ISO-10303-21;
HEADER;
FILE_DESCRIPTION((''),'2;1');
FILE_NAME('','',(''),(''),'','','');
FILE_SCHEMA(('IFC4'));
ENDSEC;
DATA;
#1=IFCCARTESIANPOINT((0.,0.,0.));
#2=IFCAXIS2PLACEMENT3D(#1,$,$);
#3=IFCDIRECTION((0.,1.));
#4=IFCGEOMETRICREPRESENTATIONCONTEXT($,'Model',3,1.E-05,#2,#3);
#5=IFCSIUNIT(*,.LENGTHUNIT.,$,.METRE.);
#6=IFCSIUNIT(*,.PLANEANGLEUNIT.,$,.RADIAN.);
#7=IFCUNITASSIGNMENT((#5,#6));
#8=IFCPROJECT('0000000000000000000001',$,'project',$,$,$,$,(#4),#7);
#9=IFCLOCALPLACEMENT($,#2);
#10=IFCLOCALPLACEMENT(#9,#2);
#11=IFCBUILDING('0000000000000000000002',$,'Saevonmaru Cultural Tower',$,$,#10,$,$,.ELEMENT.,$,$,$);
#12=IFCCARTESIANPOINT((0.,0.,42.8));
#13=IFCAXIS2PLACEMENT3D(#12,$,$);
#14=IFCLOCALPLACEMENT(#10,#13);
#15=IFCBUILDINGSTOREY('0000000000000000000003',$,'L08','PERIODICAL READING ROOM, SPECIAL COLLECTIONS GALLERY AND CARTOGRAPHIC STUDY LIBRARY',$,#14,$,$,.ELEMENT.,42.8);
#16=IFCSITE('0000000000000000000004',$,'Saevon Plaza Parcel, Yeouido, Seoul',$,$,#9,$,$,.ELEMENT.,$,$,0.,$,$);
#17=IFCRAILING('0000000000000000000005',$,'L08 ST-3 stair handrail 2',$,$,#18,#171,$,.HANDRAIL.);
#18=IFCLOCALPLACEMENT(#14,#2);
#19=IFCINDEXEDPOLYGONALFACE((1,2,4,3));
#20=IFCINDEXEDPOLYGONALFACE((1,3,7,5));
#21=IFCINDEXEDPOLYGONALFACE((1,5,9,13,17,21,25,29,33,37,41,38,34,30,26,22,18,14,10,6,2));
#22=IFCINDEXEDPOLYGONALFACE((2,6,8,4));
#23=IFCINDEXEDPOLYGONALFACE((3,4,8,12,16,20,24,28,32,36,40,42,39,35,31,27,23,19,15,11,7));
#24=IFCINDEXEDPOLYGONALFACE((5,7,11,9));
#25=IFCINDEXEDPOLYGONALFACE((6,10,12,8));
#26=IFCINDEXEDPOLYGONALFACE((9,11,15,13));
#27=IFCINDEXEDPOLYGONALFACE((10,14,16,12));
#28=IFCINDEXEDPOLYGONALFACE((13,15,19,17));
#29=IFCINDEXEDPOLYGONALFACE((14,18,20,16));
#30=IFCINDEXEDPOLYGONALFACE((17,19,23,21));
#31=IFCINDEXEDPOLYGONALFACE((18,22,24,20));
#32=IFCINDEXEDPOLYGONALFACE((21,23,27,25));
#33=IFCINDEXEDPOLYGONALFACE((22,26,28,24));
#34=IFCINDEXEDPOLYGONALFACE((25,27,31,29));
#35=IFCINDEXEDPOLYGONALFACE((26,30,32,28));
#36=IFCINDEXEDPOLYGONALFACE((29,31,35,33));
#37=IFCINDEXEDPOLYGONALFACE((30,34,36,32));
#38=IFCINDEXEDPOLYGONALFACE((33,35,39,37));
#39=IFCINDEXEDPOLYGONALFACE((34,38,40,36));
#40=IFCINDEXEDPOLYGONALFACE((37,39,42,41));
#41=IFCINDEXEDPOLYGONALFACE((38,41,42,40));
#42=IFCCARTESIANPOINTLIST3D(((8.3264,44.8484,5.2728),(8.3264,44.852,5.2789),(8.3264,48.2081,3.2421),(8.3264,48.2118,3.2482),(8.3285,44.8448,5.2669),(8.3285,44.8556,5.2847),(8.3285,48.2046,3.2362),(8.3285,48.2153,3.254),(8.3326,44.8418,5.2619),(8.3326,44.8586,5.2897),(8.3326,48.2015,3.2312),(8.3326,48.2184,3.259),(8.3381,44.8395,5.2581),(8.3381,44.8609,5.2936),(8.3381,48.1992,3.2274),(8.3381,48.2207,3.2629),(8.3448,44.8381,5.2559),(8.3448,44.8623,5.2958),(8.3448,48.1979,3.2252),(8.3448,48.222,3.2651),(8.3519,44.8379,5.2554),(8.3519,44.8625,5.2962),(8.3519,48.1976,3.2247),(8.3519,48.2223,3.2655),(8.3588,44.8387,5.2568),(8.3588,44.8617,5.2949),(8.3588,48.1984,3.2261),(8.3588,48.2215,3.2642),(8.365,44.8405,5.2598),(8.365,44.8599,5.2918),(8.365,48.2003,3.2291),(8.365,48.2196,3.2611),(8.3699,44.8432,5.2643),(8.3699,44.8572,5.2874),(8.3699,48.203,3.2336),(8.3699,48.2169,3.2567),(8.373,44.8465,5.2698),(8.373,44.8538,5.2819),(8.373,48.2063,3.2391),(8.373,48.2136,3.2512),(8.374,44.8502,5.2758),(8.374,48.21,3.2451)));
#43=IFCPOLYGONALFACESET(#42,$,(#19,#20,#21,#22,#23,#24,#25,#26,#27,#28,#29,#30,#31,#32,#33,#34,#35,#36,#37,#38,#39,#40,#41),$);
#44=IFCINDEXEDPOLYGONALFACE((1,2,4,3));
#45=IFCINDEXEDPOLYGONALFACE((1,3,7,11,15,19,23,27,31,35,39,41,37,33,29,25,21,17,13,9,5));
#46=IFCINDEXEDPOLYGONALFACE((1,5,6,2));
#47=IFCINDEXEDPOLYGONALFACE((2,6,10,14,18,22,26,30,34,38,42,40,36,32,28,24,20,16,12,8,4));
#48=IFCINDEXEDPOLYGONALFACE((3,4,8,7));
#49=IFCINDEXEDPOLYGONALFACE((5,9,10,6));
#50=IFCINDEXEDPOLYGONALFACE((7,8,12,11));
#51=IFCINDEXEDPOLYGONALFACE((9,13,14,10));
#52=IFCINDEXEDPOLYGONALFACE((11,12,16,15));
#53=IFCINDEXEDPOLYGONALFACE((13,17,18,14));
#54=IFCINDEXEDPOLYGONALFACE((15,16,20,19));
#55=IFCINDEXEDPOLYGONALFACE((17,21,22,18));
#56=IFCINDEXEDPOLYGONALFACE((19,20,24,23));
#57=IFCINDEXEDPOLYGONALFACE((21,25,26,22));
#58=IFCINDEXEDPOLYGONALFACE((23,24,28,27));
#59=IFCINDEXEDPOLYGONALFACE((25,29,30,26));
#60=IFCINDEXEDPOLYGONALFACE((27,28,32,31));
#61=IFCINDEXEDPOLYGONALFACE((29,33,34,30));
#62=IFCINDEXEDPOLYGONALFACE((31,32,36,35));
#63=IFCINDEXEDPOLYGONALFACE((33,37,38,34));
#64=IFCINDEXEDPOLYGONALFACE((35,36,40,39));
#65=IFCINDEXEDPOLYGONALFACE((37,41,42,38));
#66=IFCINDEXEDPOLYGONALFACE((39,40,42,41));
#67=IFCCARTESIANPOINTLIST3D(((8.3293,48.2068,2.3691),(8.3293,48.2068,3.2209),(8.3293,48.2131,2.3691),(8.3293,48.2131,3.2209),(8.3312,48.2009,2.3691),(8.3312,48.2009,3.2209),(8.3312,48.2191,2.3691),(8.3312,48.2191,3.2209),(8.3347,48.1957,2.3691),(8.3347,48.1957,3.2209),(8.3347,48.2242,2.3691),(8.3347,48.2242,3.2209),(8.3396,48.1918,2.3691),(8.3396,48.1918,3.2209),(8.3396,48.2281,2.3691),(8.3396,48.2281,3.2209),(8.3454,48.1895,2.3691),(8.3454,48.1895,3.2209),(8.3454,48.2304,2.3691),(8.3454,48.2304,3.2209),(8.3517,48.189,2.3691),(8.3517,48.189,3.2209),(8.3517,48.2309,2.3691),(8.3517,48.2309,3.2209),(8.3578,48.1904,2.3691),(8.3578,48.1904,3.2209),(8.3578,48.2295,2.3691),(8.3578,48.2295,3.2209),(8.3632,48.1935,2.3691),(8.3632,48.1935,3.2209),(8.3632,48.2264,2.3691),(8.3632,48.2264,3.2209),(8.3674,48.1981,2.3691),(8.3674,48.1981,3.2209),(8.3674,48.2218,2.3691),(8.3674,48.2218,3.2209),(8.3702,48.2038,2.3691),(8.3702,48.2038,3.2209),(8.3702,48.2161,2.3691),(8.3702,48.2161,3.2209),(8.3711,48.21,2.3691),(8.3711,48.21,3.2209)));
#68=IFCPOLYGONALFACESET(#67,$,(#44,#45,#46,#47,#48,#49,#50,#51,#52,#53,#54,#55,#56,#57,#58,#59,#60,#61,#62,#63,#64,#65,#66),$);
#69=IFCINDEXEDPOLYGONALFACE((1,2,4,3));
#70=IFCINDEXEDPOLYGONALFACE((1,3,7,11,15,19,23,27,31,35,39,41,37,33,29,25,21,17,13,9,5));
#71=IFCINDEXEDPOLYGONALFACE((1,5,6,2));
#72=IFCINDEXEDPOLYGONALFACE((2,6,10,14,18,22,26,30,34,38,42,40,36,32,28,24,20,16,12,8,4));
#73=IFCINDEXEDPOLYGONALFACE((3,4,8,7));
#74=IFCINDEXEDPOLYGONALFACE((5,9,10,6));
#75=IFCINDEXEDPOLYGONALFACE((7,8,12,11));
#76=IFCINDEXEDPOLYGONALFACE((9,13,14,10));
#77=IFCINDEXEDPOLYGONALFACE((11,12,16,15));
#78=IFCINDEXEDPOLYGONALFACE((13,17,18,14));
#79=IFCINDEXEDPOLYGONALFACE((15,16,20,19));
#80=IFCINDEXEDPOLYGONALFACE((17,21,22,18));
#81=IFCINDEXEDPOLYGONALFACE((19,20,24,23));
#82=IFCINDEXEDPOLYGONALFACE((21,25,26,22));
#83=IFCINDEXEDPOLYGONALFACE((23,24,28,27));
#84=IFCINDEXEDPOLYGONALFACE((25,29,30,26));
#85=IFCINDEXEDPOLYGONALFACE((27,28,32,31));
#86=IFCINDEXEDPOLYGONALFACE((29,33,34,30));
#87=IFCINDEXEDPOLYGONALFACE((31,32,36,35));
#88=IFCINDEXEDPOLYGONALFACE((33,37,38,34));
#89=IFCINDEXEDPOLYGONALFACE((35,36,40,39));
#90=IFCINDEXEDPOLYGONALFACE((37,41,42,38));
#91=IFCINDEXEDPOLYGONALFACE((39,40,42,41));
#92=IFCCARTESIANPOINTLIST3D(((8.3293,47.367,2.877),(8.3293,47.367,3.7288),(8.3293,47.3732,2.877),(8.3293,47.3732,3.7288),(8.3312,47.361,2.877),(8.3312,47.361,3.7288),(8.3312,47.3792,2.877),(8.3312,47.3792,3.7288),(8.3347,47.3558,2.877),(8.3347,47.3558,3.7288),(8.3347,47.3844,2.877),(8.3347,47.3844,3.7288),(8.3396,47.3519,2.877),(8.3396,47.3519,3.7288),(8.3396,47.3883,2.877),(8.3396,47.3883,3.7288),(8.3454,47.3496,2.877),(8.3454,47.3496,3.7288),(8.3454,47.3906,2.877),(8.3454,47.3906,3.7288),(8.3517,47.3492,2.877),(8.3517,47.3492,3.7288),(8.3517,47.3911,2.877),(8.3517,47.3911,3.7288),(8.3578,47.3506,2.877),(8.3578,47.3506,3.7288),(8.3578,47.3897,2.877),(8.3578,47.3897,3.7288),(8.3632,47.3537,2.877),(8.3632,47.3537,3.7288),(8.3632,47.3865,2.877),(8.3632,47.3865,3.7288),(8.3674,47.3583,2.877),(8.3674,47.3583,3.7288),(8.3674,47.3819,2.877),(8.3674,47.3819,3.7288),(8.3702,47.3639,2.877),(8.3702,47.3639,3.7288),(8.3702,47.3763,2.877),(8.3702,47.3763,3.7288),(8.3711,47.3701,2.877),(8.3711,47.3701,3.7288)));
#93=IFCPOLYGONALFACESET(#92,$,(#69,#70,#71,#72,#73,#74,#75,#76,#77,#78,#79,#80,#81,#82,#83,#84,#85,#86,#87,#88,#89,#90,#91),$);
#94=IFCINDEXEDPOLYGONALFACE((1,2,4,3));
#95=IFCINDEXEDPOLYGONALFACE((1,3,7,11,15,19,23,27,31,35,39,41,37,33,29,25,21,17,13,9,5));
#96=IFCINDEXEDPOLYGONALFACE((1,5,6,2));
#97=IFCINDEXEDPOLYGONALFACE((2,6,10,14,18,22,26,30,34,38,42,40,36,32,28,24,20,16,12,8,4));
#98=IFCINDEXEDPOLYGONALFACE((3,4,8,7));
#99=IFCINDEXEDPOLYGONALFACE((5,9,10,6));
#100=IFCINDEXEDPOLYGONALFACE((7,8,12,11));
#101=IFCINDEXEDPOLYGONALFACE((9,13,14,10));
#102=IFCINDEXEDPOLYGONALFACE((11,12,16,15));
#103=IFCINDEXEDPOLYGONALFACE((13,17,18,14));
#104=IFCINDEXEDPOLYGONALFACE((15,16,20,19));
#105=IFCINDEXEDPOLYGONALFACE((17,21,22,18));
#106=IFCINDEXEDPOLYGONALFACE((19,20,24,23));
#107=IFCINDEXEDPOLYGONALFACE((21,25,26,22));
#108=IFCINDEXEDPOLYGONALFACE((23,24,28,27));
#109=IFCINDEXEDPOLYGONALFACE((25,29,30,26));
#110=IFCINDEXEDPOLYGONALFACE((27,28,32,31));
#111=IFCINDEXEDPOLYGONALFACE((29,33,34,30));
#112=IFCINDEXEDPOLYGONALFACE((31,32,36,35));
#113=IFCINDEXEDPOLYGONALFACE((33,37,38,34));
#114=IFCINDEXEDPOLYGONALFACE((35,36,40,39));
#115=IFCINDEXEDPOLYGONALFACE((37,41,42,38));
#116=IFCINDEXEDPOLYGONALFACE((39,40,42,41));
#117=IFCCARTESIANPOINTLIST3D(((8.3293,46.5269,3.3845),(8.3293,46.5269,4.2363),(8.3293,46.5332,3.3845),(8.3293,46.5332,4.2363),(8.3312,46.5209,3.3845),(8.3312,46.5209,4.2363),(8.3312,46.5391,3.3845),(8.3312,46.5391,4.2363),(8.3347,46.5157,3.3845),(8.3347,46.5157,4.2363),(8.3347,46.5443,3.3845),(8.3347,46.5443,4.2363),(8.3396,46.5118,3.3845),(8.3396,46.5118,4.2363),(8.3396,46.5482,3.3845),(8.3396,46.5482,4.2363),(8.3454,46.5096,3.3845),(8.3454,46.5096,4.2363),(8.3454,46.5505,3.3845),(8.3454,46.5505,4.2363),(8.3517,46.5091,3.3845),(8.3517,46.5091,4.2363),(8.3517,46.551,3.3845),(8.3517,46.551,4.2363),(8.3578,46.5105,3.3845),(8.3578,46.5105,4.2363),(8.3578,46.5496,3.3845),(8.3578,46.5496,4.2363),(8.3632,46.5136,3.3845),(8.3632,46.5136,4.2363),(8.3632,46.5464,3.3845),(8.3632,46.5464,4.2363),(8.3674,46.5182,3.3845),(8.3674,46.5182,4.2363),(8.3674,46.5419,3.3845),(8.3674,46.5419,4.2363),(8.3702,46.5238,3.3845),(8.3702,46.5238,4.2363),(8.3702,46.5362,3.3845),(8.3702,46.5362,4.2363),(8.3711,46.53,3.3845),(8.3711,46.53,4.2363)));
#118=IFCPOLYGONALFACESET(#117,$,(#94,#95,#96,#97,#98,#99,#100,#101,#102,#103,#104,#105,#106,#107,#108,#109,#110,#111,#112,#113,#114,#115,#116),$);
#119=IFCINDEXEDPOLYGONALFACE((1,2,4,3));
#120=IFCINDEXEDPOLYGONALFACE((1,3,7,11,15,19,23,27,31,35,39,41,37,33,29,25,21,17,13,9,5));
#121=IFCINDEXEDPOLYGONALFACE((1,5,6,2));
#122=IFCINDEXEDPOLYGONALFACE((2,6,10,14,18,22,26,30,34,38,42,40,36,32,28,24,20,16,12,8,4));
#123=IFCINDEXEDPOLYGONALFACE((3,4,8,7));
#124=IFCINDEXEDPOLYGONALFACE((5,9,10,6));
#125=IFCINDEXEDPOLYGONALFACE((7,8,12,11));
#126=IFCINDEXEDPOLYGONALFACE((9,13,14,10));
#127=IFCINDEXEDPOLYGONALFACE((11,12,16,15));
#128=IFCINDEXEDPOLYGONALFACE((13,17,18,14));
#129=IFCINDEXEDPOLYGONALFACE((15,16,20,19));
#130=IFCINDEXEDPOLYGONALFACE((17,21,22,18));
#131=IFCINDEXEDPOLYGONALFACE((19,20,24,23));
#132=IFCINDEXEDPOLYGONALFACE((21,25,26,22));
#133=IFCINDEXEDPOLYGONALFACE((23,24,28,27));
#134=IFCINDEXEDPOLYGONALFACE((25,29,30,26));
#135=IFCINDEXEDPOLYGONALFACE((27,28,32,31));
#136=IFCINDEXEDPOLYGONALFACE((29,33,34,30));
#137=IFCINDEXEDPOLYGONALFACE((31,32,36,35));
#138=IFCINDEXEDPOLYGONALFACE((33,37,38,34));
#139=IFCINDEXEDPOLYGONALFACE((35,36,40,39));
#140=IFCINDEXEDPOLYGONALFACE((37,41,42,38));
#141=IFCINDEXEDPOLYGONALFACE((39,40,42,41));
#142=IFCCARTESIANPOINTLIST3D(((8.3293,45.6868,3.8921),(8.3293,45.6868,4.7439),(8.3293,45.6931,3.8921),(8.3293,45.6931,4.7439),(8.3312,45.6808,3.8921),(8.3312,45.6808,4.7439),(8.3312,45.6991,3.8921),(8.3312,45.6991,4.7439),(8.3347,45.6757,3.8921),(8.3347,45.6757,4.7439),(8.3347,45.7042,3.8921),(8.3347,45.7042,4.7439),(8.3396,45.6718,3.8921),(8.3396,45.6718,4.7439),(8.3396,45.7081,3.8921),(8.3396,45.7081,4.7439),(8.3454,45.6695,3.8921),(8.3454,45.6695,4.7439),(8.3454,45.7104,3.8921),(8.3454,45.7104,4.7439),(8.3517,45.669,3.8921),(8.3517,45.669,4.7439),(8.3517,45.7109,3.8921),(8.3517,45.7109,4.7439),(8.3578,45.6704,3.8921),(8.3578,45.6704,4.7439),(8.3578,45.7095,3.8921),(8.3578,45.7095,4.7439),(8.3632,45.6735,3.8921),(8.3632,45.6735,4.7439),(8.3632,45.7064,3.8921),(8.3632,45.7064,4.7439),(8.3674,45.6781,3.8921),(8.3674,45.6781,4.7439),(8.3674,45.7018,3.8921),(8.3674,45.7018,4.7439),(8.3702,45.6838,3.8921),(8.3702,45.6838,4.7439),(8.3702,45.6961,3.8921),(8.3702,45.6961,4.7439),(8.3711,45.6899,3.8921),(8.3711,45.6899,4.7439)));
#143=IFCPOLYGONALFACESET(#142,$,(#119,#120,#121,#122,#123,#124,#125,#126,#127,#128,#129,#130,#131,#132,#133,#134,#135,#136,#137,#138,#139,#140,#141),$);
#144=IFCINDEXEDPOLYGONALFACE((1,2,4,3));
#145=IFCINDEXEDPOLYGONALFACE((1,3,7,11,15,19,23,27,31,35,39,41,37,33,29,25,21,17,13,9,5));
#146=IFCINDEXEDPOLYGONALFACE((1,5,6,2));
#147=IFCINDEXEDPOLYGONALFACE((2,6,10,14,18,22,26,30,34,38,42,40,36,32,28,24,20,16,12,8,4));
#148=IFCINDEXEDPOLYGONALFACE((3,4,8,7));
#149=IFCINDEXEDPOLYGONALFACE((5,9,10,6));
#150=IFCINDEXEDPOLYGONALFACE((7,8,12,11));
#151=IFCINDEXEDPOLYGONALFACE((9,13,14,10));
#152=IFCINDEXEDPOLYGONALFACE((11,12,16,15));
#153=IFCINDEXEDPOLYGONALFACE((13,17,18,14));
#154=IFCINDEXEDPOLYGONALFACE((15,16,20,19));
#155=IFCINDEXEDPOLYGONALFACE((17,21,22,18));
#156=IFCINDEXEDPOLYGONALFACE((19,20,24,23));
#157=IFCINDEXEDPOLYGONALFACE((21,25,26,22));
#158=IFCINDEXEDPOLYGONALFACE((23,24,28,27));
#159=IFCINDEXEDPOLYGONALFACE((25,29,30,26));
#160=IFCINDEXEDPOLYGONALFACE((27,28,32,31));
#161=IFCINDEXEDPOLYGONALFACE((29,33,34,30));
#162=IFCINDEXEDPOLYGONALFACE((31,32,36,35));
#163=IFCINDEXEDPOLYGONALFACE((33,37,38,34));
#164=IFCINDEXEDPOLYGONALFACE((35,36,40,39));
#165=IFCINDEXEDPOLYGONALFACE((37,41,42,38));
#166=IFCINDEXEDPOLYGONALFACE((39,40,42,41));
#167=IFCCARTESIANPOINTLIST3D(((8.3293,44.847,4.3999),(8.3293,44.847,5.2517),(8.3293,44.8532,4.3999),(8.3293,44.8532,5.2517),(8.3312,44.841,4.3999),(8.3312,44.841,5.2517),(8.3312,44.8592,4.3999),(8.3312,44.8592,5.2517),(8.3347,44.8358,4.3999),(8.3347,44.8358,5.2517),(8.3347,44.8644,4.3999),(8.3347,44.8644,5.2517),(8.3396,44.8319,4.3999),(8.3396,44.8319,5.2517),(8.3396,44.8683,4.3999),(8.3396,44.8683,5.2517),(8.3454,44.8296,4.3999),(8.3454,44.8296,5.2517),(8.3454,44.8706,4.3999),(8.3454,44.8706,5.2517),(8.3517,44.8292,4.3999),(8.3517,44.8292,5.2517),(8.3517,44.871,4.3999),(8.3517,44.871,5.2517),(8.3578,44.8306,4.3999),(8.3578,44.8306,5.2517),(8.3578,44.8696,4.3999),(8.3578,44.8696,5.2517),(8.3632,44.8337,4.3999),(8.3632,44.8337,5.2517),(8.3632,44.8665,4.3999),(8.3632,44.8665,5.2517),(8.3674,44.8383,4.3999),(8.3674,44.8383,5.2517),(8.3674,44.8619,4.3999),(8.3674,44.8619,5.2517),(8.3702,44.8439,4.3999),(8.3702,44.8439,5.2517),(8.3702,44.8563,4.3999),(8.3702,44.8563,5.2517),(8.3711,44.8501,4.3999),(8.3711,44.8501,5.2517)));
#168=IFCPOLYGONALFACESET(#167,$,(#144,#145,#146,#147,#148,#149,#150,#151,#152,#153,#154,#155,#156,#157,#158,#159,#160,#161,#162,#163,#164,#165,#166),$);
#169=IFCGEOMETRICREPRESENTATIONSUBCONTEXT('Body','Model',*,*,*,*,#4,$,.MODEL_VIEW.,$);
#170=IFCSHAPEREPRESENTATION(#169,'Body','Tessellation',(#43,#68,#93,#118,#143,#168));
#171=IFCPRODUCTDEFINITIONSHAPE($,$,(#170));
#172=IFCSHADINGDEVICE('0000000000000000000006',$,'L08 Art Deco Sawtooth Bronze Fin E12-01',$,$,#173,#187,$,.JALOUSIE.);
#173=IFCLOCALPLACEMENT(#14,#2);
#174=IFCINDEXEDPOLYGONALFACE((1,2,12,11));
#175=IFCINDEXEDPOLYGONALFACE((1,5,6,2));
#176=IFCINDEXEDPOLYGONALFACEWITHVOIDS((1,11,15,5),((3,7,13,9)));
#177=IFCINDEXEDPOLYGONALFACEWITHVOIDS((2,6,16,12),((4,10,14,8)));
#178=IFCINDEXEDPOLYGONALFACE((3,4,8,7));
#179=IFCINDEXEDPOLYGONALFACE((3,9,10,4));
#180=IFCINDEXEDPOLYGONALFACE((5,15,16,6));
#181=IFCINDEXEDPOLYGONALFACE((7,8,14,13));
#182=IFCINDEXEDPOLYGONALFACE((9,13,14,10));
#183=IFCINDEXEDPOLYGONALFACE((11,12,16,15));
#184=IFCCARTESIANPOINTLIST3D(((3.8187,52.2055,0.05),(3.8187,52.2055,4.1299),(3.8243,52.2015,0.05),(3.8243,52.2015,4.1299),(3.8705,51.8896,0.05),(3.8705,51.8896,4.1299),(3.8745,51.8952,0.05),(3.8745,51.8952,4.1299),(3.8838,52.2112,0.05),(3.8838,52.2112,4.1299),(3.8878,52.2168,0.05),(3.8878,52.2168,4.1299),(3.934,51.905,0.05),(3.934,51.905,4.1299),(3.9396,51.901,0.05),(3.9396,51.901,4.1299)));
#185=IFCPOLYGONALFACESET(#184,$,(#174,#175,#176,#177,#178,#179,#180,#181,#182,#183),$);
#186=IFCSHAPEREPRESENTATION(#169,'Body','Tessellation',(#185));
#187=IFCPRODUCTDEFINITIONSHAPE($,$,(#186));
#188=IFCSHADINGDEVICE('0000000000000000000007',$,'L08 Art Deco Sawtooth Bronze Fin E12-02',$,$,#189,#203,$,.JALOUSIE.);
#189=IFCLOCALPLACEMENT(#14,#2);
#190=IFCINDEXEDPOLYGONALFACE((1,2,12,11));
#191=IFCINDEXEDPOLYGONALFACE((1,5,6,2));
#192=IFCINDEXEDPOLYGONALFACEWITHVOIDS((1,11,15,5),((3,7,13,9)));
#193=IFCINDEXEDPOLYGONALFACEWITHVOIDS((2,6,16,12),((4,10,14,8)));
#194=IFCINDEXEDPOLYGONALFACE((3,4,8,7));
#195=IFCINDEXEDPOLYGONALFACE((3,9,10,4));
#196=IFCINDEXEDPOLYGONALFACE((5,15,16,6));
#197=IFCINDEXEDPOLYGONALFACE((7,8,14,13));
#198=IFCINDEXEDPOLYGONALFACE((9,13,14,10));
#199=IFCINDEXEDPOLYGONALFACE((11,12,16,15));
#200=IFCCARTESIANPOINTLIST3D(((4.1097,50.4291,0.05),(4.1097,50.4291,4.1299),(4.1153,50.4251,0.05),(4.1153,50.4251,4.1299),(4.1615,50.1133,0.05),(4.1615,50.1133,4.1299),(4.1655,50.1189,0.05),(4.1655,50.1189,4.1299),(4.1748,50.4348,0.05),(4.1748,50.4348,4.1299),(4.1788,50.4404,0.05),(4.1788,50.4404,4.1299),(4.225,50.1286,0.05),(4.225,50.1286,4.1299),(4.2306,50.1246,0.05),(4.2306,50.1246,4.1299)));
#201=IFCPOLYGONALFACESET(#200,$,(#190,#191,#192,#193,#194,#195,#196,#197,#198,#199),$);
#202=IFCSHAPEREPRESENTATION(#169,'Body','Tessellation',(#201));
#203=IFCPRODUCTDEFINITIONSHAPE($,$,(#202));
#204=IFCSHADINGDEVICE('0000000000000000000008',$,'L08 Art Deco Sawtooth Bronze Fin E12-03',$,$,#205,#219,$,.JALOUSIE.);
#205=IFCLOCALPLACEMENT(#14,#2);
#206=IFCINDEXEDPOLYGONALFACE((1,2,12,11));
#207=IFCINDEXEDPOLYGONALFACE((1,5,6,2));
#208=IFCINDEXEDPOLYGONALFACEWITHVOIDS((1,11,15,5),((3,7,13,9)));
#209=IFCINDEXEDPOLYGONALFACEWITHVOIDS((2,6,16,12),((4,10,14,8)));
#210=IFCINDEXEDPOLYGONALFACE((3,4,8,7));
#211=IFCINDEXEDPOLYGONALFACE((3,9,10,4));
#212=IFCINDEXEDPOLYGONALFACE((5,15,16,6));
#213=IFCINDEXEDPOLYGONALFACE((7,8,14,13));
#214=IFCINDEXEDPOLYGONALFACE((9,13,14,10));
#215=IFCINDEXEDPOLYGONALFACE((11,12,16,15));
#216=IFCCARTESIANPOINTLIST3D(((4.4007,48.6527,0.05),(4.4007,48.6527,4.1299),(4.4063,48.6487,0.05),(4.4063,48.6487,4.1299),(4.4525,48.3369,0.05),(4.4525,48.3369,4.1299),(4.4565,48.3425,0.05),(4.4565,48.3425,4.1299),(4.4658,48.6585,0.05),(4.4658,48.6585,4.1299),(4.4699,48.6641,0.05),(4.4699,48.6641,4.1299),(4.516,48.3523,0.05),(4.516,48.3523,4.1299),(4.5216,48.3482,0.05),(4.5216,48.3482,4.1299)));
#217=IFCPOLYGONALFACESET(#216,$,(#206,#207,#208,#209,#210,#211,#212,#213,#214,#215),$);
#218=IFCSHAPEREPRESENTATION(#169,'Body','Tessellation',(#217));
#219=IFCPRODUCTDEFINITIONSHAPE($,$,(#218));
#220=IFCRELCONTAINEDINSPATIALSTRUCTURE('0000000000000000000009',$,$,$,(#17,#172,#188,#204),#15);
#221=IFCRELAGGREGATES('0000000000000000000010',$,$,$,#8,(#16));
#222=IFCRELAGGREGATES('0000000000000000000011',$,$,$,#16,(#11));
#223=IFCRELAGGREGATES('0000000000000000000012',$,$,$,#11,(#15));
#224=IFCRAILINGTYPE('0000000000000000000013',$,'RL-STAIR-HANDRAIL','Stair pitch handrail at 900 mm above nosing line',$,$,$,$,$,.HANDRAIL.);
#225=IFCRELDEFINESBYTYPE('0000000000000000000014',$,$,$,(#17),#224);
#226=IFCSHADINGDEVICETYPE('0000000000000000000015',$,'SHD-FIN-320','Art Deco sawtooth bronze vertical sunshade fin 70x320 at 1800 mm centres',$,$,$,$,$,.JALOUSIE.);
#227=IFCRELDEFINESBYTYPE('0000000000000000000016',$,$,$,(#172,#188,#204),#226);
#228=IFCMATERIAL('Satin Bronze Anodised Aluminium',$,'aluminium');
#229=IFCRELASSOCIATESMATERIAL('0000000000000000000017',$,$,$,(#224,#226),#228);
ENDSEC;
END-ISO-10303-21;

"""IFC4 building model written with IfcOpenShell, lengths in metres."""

from ifc_helpers import new_model, si_unit, direction, frame, origin, origin_2d, place, context, subcontext, project, spatial, hollow_rectangle, circle, extrude, material, material_profile, profile_set, type_object, element, save


model = new_model("IFC4")

# Units and contexts
model_context = context("Model", 3, precision=1e-05, world=origin(), true_north=direction((0.0, 1.0)))
body_context = subcontext(model_context, "Body", "Model", "MODEL_VIEW")
ifc_project = project(units=[si_unit("LENGTHUNIT", "METRE"), si_unit("PLANEANGLEUNIT", "RADIAN")], contexts=[model_context])

# Site, building, storey
site_placement = place(None, origin())
site = spatial("IfcSite", under=ifc_project, at=site_placement, Name="Saevon Plaza Parcel, Yeouido, Seoul", CompositionType="ELEMENT", RefElevation=0.0)
building_placement = place(site_placement, origin())
building = spatial("IfcBuilding", under=site, at=building_placement, Name="Saevonmaru Cultural Tower", CompositionType="ELEMENT")
storey_placement = place(building_placement, frame((0.0, 0.0, 42.8)))
storey = spatial("IfcBuildingStorey", under=building, at=storey_placement, Name="L08", Description="PERIODICAL READING ROOM, SPECIAL COLLECTIONS GALLERY AND CARTOGRAPHIC STUDY LIBRARY", CompositionType="ELEMENT", Elevation=42.8)

# Shared definitions
ifc_material_1 = material(Name="Satin Bronze Anodised Aluminium", Category="aluminium")

# Railing
railing_type_1 = type_object("IfcRailingType", Name="RL-STAIR-HANDRAIL", Description="Stair pitch handrail at 900 mm above nosing line", PredefinedType="HANDRAIL", material=ifc_material_1)
railing_1_placement = place(storey_placement, frame((8.3501, 48.21, 2.3691)))
element("IfcRailing", 1, at=railing_1_placement, inside=storey, type_object=railing_type_1, Name="L08 ST-3 stair handrail 2", PredefinedType="HANDRAIL", context=body_context, shape_type="SweptSolid", body=[
    extrude(circle(Radius=0.0239, at=origin_2d()), frame((0.0, 0.0, 0.876), z_axis=(0.0, -0.85582, 0.517273), x_axis=(1.0, 0.0, 0.0)), (0.0, 0.0, 1.0), 3.9258),
    extrude(circle(Radius=0.021, at=origin_2d()), origin(), (0.0, 0.0, 1.0), 0.8518),
    extrude(circle(Radius=0.021, at=origin_2d()), frame((0.0, -0.8398, 0.5078)), (0.0, 0.0, 1.0), 0.8518),
    extrude(circle(Radius=0.021, at=origin_2d()), frame((0.0, -1.6799, 1.0154)), (0.0, 0.0, 1.0), 0.8518),
    extrude(circle(Radius=0.021, at=origin_2d()), frame((0.0, -2.52, 1.5229)), (0.0, 0.0, 1.0), 0.8518),
    extrude(circle(Radius=0.021, at=origin_2d()), frame((0.0, -3.3599, 2.0308)), (0.0, 0.0, 1.0), 0.8518),
])

# Shading devices
ifc_material_profile_1 = material_profile(ifc_material_1, hollow_rectangle(XDim=0.0701, YDim=0.3201, WallThickness=0.0049, at=origin_2d()), Name="FIN-320x70")
ifc_profile_set_1 = profile_set([ifc_material_profile_1], Name="Satin Bronze Anodised Aluminium")
shading_device_type = type_object("IfcShadingDeviceType", Name="SHD-FIN-320", Description="Art Deco sawtooth bronze vertical sunshade fin 70x320 at 1800 mm centres", PredefinedType="JALOUSIE", material=ifc_profile_set_1)
for number, where, z_axis, x_axis, name in (
    (2, (3.8792, 52.0532, 0.05), (0.0, 0.0, 1.0), (-0.986827, -0.161776, 0.0), "L08 Art Deco Sawtooth Bronze Fin E12-01"),
    (3, (4.1702, 50.2769, 0.05), (0.0, 0.0, 1.0), (-0.986827, -0.161776, 0.0), "L08 Art Deco Sawtooth Bronze Fin E12-02"),
    (4, (4.4612, 48.5005, 0.05), (0.0, 0.0, 1.0), (-0.986827, -0.161776, 0.0), "L08 Art Deco Sawtooth Bronze Fin E12-03"),
):
    element("IfcShadingDevice", number, at=place(storey_placement, frame(where, z_axis=z_axis, x_axis=x_axis)), inside=storey, type_object=shading_device_type, Name=name, PredefinedType="JALOUSIE", context=body_context, shape_type="SweptSolid", body=[
        extrude(hollow_rectangle(XDim=0.0701, YDim=0.3201, WallThickness=0.0049, at=origin_2d()), origin(), (0.0, 0.0, 1.0), 4.0798),
    ])

save(model, "model.ifc")
